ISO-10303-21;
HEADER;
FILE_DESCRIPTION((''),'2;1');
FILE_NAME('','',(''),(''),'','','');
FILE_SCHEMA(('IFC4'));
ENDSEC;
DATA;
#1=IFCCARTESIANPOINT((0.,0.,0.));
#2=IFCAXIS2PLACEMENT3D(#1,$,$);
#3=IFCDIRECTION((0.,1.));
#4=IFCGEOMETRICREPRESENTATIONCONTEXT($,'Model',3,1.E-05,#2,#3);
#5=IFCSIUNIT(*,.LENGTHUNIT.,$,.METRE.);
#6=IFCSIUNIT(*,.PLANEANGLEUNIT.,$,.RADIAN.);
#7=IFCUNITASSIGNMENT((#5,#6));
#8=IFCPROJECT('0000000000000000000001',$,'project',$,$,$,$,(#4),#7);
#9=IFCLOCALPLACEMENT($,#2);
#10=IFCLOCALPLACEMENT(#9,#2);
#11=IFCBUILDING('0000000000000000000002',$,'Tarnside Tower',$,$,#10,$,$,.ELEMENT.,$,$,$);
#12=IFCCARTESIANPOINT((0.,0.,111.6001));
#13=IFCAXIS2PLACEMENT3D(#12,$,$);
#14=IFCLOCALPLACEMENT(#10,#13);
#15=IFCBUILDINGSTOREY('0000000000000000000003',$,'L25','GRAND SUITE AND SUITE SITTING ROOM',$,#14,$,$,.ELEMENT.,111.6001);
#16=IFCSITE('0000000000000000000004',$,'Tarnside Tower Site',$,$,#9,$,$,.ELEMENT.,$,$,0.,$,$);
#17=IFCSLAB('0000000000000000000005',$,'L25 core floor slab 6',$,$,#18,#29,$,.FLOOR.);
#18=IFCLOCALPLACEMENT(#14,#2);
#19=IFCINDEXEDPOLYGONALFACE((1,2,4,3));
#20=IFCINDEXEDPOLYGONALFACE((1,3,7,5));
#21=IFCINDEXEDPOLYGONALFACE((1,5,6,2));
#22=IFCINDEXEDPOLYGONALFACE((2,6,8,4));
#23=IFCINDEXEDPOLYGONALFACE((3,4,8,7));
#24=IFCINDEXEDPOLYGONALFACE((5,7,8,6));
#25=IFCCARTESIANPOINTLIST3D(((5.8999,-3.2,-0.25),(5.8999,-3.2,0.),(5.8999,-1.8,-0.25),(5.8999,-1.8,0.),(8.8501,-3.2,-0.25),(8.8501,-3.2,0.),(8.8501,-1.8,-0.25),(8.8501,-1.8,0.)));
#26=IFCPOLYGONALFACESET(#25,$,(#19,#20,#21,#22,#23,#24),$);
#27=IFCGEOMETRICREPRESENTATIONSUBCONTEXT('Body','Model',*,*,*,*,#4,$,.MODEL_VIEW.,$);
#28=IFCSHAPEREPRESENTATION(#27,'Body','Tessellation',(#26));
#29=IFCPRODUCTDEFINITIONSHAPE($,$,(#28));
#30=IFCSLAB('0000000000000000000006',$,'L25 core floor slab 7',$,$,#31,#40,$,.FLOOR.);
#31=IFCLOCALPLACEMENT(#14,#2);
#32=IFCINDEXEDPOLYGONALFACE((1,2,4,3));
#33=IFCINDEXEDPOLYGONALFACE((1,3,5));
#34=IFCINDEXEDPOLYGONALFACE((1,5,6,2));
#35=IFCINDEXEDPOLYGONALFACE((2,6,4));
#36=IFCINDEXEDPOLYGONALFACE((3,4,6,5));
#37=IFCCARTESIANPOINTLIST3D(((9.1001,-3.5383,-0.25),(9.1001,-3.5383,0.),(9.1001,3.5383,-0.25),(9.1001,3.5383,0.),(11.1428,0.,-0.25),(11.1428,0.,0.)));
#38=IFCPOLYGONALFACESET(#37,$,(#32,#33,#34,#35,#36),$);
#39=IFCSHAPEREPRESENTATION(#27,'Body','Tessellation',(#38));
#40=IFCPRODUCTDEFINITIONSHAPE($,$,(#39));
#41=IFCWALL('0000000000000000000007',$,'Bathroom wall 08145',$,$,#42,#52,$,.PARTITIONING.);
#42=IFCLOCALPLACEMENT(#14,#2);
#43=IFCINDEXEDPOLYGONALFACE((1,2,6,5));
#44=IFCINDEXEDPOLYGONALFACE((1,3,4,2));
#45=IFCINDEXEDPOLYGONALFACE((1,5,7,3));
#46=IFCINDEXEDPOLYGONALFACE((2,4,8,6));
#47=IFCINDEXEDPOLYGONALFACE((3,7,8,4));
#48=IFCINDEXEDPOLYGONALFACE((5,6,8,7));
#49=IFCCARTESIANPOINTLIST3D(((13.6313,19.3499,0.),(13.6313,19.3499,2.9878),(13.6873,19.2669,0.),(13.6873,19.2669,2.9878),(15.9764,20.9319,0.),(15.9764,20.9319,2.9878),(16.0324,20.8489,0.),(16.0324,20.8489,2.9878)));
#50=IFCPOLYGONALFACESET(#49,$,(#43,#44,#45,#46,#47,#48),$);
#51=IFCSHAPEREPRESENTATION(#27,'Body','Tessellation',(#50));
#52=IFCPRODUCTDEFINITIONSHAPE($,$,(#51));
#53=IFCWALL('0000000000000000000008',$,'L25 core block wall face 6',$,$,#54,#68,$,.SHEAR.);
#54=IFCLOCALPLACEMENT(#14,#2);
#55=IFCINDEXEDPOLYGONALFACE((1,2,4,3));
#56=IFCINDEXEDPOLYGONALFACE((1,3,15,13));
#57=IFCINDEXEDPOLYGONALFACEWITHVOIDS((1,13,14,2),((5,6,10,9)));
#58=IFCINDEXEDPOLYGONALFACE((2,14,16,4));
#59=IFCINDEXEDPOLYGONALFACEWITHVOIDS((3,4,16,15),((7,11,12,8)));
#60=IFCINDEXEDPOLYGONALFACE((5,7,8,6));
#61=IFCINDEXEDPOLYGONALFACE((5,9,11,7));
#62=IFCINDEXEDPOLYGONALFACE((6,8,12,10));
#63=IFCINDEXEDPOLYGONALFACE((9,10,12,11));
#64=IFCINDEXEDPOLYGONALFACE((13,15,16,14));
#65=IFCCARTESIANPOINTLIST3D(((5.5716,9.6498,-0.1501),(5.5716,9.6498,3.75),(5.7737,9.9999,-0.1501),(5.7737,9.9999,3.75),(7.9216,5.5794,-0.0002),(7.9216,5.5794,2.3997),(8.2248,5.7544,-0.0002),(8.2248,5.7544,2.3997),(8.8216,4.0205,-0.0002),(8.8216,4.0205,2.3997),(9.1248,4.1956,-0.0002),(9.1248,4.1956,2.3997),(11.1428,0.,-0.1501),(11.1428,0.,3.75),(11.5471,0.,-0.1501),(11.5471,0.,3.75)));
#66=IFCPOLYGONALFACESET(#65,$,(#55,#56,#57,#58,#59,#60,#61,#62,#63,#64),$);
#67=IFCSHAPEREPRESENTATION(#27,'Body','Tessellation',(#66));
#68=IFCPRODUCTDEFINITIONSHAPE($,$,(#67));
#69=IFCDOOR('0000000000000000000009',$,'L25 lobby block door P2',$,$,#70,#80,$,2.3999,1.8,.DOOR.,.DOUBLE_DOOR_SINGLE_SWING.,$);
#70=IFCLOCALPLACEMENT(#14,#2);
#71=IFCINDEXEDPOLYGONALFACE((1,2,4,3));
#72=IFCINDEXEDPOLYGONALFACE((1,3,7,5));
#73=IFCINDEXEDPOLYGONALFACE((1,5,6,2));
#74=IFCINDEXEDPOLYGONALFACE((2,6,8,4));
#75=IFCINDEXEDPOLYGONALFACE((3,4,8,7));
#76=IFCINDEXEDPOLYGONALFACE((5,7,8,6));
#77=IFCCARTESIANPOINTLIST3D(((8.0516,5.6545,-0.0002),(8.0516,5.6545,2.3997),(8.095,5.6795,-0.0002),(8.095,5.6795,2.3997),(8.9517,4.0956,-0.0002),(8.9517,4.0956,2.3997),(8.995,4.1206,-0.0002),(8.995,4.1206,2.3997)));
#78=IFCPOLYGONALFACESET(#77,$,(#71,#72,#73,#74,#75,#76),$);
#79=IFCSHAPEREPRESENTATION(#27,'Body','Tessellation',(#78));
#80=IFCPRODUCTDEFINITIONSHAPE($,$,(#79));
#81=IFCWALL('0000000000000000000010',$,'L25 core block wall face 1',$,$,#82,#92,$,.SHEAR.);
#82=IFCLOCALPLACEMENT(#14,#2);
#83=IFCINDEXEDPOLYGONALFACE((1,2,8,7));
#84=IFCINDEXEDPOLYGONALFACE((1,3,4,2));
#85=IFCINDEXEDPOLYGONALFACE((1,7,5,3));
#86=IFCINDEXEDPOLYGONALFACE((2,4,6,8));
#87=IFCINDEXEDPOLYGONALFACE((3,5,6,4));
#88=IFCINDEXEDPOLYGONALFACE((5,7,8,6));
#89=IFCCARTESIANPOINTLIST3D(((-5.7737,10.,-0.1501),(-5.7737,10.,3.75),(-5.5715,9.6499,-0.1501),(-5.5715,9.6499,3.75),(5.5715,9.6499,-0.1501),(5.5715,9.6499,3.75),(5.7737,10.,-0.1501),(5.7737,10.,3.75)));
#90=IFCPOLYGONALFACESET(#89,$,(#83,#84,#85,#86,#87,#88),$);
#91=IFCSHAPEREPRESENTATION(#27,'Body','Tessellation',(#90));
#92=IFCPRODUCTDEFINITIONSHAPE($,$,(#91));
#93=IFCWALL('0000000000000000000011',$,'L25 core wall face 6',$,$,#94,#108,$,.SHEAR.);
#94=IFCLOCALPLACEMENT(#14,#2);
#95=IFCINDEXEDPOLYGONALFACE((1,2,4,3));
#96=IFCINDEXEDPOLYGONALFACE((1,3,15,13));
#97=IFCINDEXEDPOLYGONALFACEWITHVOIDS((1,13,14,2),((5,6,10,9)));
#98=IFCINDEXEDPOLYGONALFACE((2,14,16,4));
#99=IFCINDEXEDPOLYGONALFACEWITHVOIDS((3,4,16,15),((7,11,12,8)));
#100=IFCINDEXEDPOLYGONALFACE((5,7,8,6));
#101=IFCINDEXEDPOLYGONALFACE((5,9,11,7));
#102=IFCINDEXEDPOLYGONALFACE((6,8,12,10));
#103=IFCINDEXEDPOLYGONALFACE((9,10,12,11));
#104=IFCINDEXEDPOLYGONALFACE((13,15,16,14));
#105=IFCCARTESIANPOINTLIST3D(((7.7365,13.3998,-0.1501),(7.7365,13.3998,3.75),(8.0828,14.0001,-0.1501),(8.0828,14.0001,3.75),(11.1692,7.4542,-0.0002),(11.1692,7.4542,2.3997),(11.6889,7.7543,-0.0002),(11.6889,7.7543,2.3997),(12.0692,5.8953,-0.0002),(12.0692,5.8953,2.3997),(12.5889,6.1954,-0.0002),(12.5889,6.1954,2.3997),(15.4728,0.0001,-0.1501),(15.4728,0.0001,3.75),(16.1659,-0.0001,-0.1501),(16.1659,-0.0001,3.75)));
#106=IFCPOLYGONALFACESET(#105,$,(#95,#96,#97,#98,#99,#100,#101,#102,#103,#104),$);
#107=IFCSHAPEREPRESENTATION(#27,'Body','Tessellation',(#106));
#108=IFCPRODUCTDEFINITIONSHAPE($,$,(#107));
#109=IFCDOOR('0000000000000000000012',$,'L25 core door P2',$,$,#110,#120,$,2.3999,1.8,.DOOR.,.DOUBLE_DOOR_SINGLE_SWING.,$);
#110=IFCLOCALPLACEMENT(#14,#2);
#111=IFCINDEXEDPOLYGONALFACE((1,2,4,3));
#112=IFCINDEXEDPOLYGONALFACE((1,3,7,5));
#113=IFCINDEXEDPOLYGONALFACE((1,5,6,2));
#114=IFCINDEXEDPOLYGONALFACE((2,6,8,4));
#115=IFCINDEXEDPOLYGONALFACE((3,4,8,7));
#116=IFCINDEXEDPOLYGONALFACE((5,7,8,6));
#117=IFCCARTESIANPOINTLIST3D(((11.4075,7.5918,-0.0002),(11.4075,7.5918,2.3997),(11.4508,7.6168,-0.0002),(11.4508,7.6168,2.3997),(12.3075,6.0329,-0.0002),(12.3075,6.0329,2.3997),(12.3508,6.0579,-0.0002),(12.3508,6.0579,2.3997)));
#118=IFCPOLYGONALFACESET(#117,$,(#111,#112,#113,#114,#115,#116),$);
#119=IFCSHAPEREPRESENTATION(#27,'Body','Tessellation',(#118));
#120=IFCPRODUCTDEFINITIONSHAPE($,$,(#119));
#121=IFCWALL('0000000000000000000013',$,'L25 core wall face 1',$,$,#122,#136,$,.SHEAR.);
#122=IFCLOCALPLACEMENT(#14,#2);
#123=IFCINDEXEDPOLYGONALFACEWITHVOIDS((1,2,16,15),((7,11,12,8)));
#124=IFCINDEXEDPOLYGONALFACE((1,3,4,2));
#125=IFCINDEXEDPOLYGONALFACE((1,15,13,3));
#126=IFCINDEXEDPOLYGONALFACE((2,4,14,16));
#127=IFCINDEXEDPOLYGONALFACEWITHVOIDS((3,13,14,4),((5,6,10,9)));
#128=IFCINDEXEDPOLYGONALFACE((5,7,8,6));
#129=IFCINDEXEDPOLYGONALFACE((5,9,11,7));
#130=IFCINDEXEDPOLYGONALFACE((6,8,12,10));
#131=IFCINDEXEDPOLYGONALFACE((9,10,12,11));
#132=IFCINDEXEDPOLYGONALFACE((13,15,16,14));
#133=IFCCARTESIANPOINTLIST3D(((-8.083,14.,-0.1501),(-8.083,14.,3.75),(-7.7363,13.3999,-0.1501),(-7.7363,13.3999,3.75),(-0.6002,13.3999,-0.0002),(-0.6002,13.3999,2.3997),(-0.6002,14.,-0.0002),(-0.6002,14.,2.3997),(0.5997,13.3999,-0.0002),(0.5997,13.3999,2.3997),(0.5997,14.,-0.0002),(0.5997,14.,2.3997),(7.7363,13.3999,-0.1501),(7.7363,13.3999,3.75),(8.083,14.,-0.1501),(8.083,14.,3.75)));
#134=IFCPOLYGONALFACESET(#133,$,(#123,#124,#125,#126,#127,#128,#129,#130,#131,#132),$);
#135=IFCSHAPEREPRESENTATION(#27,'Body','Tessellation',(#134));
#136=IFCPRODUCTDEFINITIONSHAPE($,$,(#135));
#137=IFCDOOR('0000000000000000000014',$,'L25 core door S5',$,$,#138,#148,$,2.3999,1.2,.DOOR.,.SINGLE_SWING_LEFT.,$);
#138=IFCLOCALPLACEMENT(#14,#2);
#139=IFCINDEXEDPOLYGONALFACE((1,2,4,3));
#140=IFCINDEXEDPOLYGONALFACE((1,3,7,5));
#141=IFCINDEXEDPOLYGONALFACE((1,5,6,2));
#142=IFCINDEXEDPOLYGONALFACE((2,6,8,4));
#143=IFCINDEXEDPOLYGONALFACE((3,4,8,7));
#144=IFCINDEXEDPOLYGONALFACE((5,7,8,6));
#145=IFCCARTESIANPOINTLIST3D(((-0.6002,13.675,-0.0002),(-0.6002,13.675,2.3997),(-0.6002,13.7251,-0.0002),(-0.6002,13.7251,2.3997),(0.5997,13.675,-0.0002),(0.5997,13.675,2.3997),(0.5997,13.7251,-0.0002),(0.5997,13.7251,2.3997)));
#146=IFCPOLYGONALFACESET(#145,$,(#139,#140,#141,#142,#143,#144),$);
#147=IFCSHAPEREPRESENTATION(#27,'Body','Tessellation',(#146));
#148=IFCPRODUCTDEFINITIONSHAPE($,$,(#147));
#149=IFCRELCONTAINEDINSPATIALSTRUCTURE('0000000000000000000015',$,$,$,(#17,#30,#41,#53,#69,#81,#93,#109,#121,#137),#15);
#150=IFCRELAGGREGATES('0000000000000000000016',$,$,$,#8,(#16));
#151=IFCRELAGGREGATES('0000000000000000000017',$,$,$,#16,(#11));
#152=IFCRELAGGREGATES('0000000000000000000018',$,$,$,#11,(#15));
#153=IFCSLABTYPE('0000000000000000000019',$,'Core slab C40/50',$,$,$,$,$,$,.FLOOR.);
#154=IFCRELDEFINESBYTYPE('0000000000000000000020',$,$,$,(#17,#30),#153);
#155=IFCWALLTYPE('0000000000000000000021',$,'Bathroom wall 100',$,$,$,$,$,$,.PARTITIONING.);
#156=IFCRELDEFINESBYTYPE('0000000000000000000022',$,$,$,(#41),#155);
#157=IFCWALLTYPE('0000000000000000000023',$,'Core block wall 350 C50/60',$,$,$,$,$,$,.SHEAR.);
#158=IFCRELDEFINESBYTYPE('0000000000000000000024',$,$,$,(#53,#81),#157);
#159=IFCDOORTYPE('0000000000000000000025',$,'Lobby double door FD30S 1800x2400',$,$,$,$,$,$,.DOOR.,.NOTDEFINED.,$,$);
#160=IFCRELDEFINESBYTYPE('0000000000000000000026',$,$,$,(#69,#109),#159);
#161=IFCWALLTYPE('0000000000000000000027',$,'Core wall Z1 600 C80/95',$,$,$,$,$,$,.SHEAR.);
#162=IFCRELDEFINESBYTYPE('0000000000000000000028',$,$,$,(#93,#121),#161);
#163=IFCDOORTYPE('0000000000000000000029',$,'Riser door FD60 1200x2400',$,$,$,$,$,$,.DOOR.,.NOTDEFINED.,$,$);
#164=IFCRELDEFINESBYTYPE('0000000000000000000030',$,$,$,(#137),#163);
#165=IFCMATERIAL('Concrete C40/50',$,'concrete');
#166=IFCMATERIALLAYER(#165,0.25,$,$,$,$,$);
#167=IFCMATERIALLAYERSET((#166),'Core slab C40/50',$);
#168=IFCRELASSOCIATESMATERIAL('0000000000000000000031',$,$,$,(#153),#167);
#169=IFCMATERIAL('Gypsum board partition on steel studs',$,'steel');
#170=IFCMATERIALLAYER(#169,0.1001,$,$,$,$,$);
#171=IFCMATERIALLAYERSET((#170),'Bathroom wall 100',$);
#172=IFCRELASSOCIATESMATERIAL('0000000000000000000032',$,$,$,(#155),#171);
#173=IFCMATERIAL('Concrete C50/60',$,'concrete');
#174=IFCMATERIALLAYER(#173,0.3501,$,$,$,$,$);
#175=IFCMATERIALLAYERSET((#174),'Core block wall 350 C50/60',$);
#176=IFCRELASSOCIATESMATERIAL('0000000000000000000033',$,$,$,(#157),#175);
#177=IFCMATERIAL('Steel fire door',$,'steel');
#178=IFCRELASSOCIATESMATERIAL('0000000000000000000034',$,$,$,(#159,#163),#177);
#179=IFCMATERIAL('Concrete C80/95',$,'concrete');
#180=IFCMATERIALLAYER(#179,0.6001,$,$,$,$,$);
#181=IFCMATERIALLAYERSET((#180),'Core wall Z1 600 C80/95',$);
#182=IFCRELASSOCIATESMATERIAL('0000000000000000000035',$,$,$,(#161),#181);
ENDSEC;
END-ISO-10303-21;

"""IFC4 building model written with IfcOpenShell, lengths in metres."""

from ifc_helpers import new_model, si_unit, direction, frame, frame_2d, origin, place, context, subcontext, project, spatial, polyline, rectangle, outline, extrude, material, layer, layer_set, type_object, element, fill, save


model = new_model("IFC4")

# Units and contexts
model_context = context("Model", 3, precision=1e-05, world=origin(), true_north=direction((0.0, 1.0)))
body_context = subcontext(model_context, "Body", "Model", "MODEL_VIEW")
ifc_project = project(units=[si_unit("LENGTHUNIT", "METRE"), si_unit("PLANEANGLEUNIT", "RADIAN")], contexts=[model_context])

# Site, building, storey
site_placement = place(None, origin())
site = spatial("IfcSite", under=ifc_project, at=site_placement, Name="Tarnside Tower Site", CompositionType="ELEMENT", RefElevation=0.0)
building_placement = place(site_placement, origin())
building = spatial("IfcBuilding", under=site, at=building_placement, Name="Tarnside Tower", CompositionType="ELEMENT")
storey_placement = place(building_placement, frame((0.0, 0.0, 111.6001)))
storey = spatial("IfcBuildingStorey", under=building, at=storey_placement, Name="L25", Description="GRAND SUITE AND SUITE SITTING ROOM", CompositionType="ELEMENT", Elevation=111.6001)

# Slabs
ifc_material_1 = material(Name="Concrete C40/50", Category="concrete")
ifc_layer_1 = layer(ifc_material_1, 0.25)
ifc_layer_set_1 = layer_set([ifc_layer_1], Name="Core slab C40/50")
slab_type = type_object("IfcSlabType", Name="Core slab C40/50", PredefinedType="FLOOR", material=ifc_layer_set_1)
slab_1_placement = place(storey_placement, frame((0.0, 0.0, -0.25)))
element("IfcSlab", 1, at=slab_1_placement, inside=storey, type_object=slab_type, Name="L25 core floor slab 6", PredefinedType="FLOOR", context=body_context, shape_type="SweptSolid", body=[
    extrude(outline(polyline([(5.8999, -3.2), (5.8999, -1.8), (8.8501, -1.8), (8.8501, -3.2), (5.8999, -3.2)])), origin(), (0.0, 0.0, 1.0), 0.25),
])
slab_2_placement = place(storey_placement, frame((0.0, 0.0, -0.25)))
element("IfcSlab", 2, at=slab_2_placement, inside=storey, type_object=slab_type, Name="L25 core floor slab 7", PredefinedType="FLOOR", context=body_context, shape_type="SweptSolid", body=[
    extrude(outline(polyline([(9.1001, -3.5383), (9.1001, 3.5383), (11.1428, 0.0), (9.1001, -3.5383)])), origin(), (0.0, 0.0, 1.0), 0.25),
])

# Wall
ifc_material_2 = material(Name="Gypsum board partition on steel studs", Category="steel")
ifc_layer_2 = layer(ifc_material_2, 0.1001)
ifc_layer_set_2 = layer_set([ifc_layer_2], Name="Bathroom wall 100")
wall_type_1 = type_object("IfcWallType", Name="Bathroom wall 100", PredefinedType="PARTITIONING", material=ifc_layer_set_2)
wall_1_placement = place(storey_placement, frame((13.6592, 19.3083, 0.0), z_axis=(0.0, 0.0, 1.0), x_axis=(0.829011, 0.559233, 0.0)))
element("IfcWall", 3, at=wall_1_placement, inside=storey, type_object=wall_type_1, Name="Bathroom wall 08145", PredefinedType="PARTITIONING", context=body_context, shape_type="SweptSolid", body=[
    extrude(rectangle(XDim=2.8289, YDim=0.1001, at=frame_2d((1.4146, 0.0))), origin(), (0.0, 0.0, 1.0), 2.9878),
])

# Wall, opening, door
ifc_material_3 = material(Name="Concrete C50/60", Category="concrete")
ifc_layer_3 = layer(ifc_material_3, 0.3501)
ifc_layer_set_3 = layer_set([ifc_layer_3], Name="Core block wall 350 C50/60")
wall_type_2 = type_object("IfcWallType", Name="Core block wall 350 C50/60", PredefinedType="SHEAR", material=ifc_layer_set_3)
wall_2_placement = place(storey_placement, frame((11.345, 0.0, -0.1501), z_axis=(0.0, 0.0, 1.0), x_axis=(-0.499995, 0.866028, 0.0)))
wall_2 = element("IfcWall", 4, at=wall_2_placement, inside=storey, type_object=wall_type_2, Name="L25 core block wall face 6", PredefinedType="SHEAR", context=body_context, shape_type="SweptSolid", body=[
    extrude(outline(polyline([(-0.1011, -0.175), (11.4458, -0.175), (11.2437, 0.175), (0.1011, 0.175), (-0.1011, -0.175)])), origin(), (0.0, 0.0, 1.0), 3.9001),
])
opening_1_placement = place(wall_2_placement, frame((4.7437, 0.0, 0.1499)))
opening_1 = element("IfcOpeningElement", 5, at=opening_1_placement, cuts=wall_2, PredefinedType="OPENING", context=body_context, shape_type="SweptSolid", body=[
    extrude(rectangle(XDim=1.8, YDim=2.3999, at=frame_2d((0.8999, 1.2))), frame((0.0, 0.1851, 0.0), z_axis=(0.0, -1.0, 0.0), x_axis=(1.0, 0.0, 0.0)), (0.0, 0.0, 1.0), 0.3701),
])
ifc_material_4 = material(Name="Steel fire door", Category="steel")
door_type_1 = type_object("IfcDoorType", Name="Lobby double door FD30S 1800x2400", OperationType="NOTDEFINED", PredefinedType="DOOR", material=ifc_material_4)
door_1_placement = place(opening_1_placement, origin())
door_1 = element("IfcDoor", 6, at=door_1_placement, inside=storey, type_object=door_type_1, Name="L25 lobby block door P2", OperationType="DOUBLE_DOOR_SINGLE_SWING", OverallHeight=2.3999, OverallWidth=1.8, PredefinedType="DOOR", context=body_context, shape_type="SweptSolid", body=[
    extrude(rectangle(XDim=1.8, YDim=2.3999, at=frame_2d((0.8999, 1.2))), frame((0.0, 0.0249, 0.0), z_axis=(0.0, -1.0, 0.0), x_axis=(1.0, 0.0, 0.0)), (0.0, 0.0, 1.0), 0.05),
])
fill(opening_1, door_1)

# Wall
wall_3_placement = place(storey_placement, frame((5.6726, 9.825, -0.1501), z_axis=(0.0, 0.0, 1.0), x_axis=(-1.0, 0.0, 0.0)))
element("IfcWall", 7, at=wall_3_placement, inside=storey, type_object=wall_type_2, Name="L25 core block wall face 1", PredefinedType="SHEAR", context=body_context, shape_type="SweptSolid", body=[
    extrude(outline(polyline([(-0.1011, -0.175), (11.4463, -0.175), (11.2441, 0.175), (0.1011, 0.175), (-0.1011, -0.175)])), origin(), (0.0, 0.0, 1.0), 3.9001),
])

# Walls, openings, doors
ifc_material_5 = material(Name="Concrete C80/95", Category="concrete")
ifc_layer_4 = layer(ifc_material_5, 0.6001)
ifc_layer_set_4 = layer_set([ifc_layer_4], Name="Core wall Z1 600 C80/95")
wall_type_3 = type_object("IfcWallType", Name="Core wall Z1 600 C80/95", PredefinedType="SHEAR", material=ifc_layer_set_4)
wall_4_placement = place(storey_placement, frame((15.8193, 0.0, -0.1501), z_axis=(0.0, 0.0, 1.0), x_axis=(-0.5, 0.866025, 0.0)))
wall_4 = element("IfcWall", 8, at=wall_4_placement, inside=storey, type_object=wall_type_3, Name="L25 core wall face 6", PredefinedType="SHEAR", context=body_context, shape_type="SweptSolid", body=[
    extrude(outline(polyline([(-0.1733, -0.3), (15.9927, -0.3), (15.646, 0.3), (0.1733, 0.3), (-0.1733, -0.3)])), origin(), (0.0, 0.0, 1.0), 3.9001),
])
opening_2_placement = place(wall_4_placement, frame((6.9807, 0.0, 0.1499)))
opening_2 = element("IfcOpeningElement", 9, at=opening_2_placement, cuts=wall_4, PredefinedType="OPENING", context=body_context, shape_type="SweptSolid", body=[
    extrude(rectangle(XDim=1.8, YDim=2.3999, at=frame_2d((0.8999, 1.2))), frame((0.0, 0.3101, 0.0), z_axis=(0.0, -1.0, 0.0), x_axis=(1.0, 0.0, 0.0)), (0.0, 0.0, 1.0), 0.6201),
])
door_2_placement = place(opening_2_placement, origin())
door_2 = element("IfcDoor", 10, at=door_2_placement, inside=storey, type_object=door_type_1, Name="L25 core door P2", OperationType="DOUBLE_DOOR_SINGLE_SWING", OverallHeight=2.3999, OverallWidth=1.8, PredefinedType="DOOR", context=body_context, shape_type="SweptSolid", body=[
    extrude(rectangle(XDim=1.8, YDim=2.3999, at=frame_2d((0.8999, 1.2))), frame((0.0, 0.0249, 0.0), z_axis=(0.0, -1.0, 0.0), x_axis=(1.0, 0.0, 0.0)), (0.0, 0.0, 1.0), 0.05),
])
fill(opening_2, door_2)
wall_5_placement = place(storey_placement, frame((7.9097, 13.7, -0.1501), z_axis=(0.0, 0.0, 1.0), x_axis=(-1.0, 0.0, 0.0)))
wall_5 = element("IfcWall", 11, at=wall_5_placement, inside=storey, type_object=wall_type_3, Name="L25 core wall face 1", PredefinedType="SHEAR", context=body_context, shape_type="SweptSolid", body=[
    extrude(outline(polyline([(-0.1733, -0.3), (15.9927, -0.3), (15.646, 0.3), (0.1733, 0.3), (-0.1733, -0.3)])), origin(), (0.0, 0.0, 1.0), 3.9001),
])
opening_3_placement = place(wall_5_placement, frame((7.3098, 0.0, 0.1499)))
opening_3 = element("IfcOpeningElement", 12, at=opening_3_placement, cuts=wall_5, PredefinedType="OPENING", context=body_context, shape_type="SweptSolid", body=[
    extrude(rectangle(XDim=1.2, YDim=2.3999, at=frame_2d((0.6001, 1.2))), frame((0.0, 0.3101, 0.0), z_axis=(0.0, -1.0, 0.0), x_axis=(1.0, 0.0, 0.0)), (0.0, 0.0, 1.0), 0.6201),
])
door_type_2 = type_object("IfcDoorType", Name="Riser door FD60 1200x2400", OperationType="NOTDEFINED", PredefinedType="DOOR", material=ifc_material_4)
door_3_placement = place(opening_3_placement, origin())
door_3 = element("IfcDoor", 13, at=door_3_placement, inside=storey, type_object=door_type_2, Name="L25 core door S5", OperationType="SINGLE_SWING_LEFT", OverallHeight=2.3999, OverallWidth=1.2, PredefinedType="DOOR", context=body_context, shape_type="SweptSolid", body=[
    extrude(rectangle(XDim=1.2, YDim=2.3999, at=frame_2d((0.6001, 1.2))), frame((0.0, 0.0249, 0.0), z_axis=(0.0, -1.0, 0.0), x_axis=(1.0, 0.0, 0.0)), (0.0, 0.0, 1.0), 0.05),
])
fill(opening_3, door_3)

save(model, "model.ifc")
